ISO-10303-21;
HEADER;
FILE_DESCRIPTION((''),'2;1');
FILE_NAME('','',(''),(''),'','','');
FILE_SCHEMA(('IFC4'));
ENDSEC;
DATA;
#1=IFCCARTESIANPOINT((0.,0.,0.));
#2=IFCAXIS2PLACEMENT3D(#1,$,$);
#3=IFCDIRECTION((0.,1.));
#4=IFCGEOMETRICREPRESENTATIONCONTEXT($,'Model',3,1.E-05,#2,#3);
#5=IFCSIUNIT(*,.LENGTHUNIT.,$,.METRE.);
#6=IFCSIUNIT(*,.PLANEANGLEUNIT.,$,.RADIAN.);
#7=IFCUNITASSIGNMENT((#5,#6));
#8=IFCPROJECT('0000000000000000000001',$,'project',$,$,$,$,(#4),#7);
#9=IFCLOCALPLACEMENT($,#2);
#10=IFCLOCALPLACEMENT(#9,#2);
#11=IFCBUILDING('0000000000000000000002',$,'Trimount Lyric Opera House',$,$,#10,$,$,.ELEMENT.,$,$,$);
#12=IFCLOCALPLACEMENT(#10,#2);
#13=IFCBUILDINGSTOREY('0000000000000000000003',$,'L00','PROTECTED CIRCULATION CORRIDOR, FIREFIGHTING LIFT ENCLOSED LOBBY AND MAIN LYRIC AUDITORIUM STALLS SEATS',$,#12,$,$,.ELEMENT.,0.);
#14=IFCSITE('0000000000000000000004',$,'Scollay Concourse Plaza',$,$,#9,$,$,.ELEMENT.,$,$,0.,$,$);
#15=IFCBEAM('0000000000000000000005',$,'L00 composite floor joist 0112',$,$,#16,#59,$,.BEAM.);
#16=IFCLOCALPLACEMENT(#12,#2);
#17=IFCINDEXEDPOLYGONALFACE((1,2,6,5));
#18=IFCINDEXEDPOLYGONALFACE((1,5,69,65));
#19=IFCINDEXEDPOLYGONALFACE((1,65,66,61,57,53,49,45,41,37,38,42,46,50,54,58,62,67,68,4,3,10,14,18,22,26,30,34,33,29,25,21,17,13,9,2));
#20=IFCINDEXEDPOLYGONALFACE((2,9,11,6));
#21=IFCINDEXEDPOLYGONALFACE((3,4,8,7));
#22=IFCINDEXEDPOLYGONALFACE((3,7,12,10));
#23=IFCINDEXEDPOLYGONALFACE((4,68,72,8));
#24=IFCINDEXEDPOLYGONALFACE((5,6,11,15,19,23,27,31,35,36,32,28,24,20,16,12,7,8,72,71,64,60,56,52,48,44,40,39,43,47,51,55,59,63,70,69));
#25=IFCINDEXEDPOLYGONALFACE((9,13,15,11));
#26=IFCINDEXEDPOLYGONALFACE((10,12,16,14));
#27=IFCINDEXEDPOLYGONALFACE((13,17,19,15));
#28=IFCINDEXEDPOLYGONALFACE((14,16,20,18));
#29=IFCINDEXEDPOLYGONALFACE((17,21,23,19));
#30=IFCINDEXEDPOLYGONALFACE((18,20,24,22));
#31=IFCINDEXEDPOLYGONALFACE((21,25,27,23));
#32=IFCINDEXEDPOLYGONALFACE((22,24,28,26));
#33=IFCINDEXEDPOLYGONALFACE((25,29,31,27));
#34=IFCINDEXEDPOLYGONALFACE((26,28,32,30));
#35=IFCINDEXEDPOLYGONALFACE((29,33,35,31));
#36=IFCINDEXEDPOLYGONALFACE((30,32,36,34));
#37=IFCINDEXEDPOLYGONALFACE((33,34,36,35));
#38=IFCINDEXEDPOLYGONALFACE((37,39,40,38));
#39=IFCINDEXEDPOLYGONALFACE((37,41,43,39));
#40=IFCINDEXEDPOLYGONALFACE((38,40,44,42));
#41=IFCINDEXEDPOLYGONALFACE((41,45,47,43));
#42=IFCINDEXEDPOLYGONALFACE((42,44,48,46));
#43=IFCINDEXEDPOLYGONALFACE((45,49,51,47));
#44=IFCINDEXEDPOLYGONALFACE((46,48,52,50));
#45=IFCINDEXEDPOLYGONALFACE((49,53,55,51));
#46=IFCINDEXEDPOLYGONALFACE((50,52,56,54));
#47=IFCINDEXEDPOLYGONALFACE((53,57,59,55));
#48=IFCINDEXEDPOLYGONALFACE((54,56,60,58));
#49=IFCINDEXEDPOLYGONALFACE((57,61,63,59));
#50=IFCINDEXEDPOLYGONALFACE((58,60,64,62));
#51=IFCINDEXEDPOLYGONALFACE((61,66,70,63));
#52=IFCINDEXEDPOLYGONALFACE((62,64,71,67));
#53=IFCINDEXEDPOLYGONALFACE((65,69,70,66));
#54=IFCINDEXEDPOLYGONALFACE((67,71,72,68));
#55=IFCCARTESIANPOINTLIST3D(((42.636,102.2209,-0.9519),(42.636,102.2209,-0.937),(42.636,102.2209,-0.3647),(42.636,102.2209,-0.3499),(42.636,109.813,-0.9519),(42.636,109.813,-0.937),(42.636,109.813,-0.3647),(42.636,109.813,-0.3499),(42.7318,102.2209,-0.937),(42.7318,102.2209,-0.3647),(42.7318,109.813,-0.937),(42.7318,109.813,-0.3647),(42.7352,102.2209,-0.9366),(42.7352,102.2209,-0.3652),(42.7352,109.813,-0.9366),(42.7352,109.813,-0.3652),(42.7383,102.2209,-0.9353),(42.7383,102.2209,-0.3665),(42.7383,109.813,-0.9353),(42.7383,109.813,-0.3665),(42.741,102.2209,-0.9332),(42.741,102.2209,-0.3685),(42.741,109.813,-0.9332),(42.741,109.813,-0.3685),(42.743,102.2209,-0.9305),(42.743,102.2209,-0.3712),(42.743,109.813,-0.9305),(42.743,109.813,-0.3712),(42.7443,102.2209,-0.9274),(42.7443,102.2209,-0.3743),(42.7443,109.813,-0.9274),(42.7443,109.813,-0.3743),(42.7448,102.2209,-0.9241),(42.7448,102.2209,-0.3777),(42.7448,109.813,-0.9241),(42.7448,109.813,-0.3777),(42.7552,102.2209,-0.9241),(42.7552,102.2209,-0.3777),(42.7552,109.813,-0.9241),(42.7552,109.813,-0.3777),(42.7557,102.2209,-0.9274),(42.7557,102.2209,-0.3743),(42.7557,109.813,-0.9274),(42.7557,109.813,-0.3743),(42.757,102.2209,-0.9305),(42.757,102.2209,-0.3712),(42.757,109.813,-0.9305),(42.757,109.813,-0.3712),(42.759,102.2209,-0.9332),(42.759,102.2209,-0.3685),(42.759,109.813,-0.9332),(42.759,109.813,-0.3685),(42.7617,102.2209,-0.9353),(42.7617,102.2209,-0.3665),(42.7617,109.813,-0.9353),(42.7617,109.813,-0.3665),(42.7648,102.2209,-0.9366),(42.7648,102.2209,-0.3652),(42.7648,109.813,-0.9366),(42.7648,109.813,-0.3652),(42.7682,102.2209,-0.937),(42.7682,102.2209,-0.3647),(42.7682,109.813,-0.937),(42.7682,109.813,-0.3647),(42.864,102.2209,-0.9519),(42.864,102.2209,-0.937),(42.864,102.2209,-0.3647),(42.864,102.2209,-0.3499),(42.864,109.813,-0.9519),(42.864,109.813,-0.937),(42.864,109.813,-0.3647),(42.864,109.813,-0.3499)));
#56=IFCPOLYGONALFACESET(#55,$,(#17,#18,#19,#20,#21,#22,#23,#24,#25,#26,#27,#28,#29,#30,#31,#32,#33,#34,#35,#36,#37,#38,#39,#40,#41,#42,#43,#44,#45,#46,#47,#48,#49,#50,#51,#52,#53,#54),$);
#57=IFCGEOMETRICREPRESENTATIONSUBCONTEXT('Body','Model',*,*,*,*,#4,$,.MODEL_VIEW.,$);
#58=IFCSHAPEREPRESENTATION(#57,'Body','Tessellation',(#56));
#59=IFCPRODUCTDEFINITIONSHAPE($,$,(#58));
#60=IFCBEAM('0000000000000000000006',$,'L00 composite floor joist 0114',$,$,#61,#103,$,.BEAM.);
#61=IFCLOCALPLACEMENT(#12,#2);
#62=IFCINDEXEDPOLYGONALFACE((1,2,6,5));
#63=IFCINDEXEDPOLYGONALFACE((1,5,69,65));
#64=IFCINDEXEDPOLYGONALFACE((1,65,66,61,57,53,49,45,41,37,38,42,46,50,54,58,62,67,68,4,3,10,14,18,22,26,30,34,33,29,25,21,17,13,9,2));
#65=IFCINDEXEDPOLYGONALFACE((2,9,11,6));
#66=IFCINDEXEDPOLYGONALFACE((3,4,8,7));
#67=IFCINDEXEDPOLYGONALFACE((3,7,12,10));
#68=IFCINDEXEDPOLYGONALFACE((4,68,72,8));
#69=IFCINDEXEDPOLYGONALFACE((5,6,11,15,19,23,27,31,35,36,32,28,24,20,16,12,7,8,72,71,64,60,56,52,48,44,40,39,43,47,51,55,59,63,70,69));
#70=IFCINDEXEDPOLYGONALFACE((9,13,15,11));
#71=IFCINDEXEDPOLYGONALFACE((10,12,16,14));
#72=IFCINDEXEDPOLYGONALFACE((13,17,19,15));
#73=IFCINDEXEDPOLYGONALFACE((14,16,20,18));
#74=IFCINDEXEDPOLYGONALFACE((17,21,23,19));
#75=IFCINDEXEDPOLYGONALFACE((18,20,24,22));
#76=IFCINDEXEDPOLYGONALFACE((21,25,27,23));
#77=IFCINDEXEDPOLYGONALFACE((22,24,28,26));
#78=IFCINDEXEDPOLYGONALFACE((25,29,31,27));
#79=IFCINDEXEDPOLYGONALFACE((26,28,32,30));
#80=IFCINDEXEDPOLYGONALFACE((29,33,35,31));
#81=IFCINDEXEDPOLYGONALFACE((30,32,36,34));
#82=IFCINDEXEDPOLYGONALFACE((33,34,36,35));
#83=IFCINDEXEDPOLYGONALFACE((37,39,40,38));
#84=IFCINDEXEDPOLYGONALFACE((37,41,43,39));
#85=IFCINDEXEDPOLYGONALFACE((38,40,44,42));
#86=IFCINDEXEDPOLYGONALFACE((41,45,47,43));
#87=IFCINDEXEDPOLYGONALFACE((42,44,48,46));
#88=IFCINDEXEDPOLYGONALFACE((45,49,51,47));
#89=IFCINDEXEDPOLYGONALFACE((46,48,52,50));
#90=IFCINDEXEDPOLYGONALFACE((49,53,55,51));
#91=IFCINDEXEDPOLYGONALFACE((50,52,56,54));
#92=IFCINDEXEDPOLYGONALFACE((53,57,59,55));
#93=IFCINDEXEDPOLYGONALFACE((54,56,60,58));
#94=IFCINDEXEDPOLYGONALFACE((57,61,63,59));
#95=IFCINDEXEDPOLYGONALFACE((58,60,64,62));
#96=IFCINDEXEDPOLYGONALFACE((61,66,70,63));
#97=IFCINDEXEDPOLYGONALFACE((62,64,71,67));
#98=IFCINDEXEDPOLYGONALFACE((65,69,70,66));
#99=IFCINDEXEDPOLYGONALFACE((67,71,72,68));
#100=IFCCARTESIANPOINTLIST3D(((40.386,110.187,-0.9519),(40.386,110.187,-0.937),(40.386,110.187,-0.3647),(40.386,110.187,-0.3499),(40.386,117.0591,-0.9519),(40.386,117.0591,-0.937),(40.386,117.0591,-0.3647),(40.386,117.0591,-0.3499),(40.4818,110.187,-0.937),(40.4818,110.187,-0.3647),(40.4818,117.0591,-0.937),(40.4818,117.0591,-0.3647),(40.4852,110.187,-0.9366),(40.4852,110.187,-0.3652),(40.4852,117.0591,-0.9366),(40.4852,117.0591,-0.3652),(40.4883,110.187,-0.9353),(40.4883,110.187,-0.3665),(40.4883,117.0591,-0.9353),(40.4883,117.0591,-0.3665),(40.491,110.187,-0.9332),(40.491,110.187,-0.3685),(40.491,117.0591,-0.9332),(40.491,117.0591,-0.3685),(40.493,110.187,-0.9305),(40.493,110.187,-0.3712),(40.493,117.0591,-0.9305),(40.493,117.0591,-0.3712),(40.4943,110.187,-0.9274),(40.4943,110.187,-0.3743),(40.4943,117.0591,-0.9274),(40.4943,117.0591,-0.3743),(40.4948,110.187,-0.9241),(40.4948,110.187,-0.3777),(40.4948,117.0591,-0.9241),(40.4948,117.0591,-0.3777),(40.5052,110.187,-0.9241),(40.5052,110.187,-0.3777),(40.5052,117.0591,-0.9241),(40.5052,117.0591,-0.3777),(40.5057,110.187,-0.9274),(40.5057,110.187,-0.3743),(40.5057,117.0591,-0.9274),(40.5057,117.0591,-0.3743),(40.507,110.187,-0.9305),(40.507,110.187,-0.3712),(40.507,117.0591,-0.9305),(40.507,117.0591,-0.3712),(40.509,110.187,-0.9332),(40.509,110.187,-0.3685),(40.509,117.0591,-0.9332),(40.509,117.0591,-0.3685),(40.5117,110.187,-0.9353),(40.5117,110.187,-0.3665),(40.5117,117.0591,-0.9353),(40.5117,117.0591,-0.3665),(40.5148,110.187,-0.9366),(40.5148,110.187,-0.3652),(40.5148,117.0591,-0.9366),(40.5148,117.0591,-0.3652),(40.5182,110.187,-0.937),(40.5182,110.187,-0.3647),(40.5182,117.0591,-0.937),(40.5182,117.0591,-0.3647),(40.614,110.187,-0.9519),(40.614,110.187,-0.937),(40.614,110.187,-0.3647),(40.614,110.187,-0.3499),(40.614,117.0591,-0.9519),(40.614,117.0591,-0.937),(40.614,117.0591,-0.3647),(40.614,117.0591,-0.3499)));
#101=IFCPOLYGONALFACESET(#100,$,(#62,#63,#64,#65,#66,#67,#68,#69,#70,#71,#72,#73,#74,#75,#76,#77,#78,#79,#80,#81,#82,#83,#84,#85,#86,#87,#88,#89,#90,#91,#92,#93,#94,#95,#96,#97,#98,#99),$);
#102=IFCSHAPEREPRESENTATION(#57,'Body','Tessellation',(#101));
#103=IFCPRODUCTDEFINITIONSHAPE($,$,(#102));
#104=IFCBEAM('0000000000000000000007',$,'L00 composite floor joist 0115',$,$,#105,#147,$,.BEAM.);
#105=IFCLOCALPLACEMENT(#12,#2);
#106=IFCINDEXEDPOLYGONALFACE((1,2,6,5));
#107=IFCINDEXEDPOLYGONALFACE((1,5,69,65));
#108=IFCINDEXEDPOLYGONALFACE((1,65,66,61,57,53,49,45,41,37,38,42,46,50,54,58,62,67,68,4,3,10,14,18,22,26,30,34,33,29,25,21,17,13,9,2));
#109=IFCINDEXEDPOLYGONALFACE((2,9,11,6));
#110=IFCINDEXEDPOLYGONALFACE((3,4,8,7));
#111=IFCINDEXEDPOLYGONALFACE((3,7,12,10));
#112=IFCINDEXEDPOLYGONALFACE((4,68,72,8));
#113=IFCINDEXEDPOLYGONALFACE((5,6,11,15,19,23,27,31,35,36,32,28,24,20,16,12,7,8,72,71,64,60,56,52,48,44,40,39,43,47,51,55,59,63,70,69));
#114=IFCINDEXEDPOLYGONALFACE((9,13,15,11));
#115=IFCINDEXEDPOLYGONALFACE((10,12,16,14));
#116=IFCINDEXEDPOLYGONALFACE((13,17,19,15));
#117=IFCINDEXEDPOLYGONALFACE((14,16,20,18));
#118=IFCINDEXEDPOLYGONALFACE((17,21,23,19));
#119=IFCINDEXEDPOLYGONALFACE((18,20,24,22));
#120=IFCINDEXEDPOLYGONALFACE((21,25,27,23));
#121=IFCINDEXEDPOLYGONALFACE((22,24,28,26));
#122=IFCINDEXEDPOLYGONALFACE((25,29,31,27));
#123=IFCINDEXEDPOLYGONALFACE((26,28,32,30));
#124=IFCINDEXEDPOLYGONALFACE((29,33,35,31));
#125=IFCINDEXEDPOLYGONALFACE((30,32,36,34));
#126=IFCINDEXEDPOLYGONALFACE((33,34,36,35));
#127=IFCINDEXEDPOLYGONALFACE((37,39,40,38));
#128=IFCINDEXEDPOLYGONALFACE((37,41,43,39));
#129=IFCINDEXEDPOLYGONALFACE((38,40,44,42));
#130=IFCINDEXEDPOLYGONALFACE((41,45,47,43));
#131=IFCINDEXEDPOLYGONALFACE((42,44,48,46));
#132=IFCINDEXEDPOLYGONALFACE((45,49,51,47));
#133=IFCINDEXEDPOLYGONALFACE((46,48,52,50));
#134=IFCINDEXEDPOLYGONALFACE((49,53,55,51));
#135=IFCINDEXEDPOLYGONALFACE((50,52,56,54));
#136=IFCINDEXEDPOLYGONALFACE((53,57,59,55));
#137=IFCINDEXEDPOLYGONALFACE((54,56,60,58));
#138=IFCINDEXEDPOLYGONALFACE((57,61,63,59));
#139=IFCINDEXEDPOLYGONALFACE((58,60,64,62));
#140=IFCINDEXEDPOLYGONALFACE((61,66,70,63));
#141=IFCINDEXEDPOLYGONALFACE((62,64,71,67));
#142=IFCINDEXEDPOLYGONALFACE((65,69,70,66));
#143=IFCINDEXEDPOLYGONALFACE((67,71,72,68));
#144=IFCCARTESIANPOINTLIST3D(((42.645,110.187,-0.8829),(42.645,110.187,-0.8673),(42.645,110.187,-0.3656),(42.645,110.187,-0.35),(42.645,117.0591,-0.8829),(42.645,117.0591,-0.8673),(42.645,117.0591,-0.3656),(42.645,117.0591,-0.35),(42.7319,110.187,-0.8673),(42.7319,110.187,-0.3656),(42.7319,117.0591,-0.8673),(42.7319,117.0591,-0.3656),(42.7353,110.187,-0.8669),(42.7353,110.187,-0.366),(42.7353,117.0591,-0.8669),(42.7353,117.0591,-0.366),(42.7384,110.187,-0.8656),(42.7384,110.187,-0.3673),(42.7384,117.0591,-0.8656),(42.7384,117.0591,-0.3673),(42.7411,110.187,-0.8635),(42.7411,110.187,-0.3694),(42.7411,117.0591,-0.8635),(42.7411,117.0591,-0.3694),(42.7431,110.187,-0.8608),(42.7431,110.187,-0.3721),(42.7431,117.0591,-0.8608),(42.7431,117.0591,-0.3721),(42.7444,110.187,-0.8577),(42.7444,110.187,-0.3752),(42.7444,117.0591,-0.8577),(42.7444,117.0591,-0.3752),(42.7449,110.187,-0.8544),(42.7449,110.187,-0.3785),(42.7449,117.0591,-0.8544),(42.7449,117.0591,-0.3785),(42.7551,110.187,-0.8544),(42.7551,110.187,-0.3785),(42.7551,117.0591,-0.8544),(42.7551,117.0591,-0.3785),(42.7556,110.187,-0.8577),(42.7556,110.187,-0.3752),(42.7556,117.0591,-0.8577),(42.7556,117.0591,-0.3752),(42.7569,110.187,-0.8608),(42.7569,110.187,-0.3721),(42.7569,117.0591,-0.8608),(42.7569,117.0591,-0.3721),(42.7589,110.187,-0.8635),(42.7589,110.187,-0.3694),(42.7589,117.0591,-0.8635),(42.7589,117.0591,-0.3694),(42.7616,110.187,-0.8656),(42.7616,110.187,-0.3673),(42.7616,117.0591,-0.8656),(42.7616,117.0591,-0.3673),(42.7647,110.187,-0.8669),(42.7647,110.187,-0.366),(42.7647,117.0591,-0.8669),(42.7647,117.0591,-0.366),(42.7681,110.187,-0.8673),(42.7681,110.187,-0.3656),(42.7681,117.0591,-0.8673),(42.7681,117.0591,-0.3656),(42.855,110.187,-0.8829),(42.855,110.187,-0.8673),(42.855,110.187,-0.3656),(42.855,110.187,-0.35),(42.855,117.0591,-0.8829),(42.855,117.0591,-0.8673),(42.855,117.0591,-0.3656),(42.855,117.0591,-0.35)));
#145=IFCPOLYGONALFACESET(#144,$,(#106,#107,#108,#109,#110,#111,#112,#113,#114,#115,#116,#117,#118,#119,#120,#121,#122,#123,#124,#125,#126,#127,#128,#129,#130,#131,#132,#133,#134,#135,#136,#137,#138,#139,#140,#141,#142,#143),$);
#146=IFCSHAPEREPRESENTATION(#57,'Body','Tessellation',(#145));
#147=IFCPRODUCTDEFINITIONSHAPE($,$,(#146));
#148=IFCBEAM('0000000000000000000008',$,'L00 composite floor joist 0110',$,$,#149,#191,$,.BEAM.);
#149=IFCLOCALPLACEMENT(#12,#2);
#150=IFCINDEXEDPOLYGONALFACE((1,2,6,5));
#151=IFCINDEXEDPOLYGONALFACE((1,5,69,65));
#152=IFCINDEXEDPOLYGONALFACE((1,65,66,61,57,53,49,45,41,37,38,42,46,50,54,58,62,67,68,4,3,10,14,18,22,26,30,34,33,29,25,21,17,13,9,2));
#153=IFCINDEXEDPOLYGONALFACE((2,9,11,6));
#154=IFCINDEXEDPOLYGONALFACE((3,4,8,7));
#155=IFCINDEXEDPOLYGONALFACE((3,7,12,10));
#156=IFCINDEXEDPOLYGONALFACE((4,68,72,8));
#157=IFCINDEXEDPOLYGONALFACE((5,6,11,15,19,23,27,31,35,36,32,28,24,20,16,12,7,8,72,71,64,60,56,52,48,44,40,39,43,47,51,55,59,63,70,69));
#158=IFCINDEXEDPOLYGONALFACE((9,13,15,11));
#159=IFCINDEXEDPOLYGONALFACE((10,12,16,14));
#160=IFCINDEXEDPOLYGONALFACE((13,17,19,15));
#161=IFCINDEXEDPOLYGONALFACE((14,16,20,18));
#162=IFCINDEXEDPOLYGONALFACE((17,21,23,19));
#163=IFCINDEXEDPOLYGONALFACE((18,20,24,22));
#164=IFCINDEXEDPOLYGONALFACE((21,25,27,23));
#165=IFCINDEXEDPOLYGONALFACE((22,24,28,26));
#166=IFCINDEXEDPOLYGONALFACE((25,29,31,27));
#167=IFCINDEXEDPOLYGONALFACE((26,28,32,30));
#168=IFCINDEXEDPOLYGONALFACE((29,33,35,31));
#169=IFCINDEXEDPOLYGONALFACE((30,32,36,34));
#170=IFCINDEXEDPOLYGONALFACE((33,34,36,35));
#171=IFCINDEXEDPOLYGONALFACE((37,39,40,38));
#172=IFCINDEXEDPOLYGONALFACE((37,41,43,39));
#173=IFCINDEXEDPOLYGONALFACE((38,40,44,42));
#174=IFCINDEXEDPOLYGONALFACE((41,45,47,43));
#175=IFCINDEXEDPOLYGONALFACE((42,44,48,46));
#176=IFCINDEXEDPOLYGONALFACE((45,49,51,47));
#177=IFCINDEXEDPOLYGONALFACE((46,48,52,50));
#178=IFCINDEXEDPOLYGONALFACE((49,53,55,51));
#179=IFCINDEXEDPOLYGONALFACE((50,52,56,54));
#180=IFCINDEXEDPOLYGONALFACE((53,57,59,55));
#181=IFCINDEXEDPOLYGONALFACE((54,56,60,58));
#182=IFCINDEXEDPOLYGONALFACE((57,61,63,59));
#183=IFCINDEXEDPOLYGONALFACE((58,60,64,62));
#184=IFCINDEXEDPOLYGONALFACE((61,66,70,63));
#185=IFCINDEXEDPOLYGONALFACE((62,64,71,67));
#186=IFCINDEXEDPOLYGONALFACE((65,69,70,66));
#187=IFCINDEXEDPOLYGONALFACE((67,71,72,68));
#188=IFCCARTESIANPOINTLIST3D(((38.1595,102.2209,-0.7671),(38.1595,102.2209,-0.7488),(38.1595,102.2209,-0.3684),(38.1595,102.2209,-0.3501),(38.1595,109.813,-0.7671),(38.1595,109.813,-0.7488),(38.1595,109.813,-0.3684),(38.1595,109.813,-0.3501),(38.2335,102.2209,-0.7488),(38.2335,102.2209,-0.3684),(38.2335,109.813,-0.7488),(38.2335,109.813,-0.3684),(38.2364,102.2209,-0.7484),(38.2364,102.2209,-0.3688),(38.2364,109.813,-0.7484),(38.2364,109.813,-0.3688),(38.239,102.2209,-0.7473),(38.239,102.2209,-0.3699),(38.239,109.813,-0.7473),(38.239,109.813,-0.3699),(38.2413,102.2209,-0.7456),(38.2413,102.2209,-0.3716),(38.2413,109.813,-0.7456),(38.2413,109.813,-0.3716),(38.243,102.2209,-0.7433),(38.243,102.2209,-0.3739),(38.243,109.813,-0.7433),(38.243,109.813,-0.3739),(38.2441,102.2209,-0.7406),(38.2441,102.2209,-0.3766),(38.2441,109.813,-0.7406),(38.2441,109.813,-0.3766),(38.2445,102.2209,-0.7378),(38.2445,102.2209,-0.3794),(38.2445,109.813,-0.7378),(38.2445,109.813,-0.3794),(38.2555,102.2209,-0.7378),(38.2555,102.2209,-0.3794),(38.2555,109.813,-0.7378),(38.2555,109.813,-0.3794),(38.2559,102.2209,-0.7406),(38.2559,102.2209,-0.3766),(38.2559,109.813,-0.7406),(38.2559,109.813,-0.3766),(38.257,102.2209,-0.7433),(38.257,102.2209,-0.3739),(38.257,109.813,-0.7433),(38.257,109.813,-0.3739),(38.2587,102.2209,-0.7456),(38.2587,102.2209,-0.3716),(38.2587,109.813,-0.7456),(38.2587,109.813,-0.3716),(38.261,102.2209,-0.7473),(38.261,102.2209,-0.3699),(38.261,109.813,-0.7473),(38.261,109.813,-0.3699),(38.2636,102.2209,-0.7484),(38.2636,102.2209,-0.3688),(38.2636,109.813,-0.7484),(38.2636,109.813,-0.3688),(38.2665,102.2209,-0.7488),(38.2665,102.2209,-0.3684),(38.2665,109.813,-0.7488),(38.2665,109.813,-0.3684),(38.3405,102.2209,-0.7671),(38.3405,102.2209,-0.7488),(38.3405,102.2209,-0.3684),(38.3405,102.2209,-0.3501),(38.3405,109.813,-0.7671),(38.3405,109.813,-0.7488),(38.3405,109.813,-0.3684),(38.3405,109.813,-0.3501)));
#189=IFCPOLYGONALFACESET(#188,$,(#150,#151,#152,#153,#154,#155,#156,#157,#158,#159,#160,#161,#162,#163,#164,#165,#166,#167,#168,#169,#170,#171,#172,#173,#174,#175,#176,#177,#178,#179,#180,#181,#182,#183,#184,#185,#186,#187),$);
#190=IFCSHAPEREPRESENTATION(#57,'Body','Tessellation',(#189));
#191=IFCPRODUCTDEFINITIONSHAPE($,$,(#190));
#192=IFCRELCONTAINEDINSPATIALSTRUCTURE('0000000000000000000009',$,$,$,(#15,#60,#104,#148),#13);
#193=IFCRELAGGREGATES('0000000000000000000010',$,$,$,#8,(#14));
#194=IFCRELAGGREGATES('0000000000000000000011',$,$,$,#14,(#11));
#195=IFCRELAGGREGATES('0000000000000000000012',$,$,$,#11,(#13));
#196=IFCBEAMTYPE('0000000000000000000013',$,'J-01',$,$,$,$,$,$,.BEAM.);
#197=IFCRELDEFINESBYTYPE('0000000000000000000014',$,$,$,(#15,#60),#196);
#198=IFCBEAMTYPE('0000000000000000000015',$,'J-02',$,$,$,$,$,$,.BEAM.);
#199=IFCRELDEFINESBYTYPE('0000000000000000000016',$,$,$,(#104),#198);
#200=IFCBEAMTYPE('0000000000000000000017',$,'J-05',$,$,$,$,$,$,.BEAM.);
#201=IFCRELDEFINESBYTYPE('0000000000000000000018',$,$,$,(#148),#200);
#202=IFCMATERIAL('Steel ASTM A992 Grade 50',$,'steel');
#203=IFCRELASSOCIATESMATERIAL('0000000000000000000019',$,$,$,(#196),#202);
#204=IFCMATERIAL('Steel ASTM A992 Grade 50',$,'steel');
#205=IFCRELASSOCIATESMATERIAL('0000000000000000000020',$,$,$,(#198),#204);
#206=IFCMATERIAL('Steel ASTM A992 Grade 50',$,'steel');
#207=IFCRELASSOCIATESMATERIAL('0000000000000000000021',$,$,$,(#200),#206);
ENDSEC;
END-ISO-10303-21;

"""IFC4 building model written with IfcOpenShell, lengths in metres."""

from ifc_helpers import new_model, si_unit, direction, frame, origin, origin_2d, place, context, subcontext, project, spatial, i_section, extrude, material, material_profile, profile_set, type_object, element, save


model = new_model("IFC4")

# Units and contexts
model_context = context("Model", 3, precision=1e-05, world=origin(), true_north=direction((0.0, 1.0)))
body_context = subcontext(model_context, "Body", "Model", "MODEL_VIEW")
ifc_project = project(units=[si_unit("LENGTHUNIT", "METRE"), si_unit("PLANEANGLEUNIT", "RADIAN")], contexts=[model_context])

# Site, building, storey
site_placement = place(None, origin())
site = spatial("IfcSite", under=ifc_project, at=site_placement, Name="Scollay Concourse Plaza", CompositionType="ELEMENT", RefElevation=0.0)
building_placement = place(site_placement, origin())
building = spatial("IfcBuilding", under=site, at=building_placement, Name="Trimount Lyric Opera House", CompositionType="ELEMENT")
storey_placement = place(building_placement, origin())
storey = spatial("IfcBuildingStorey", under=building, at=storey_placement, Name="L00", Description="PROTECTED CIRCULATION CORRIDOR, FIREFIGHTING LIFT ENCLOSED LOBBY AND MAIN LYRIC AUDITORIUM STALLS SEATS", CompositionType="ELEMENT", Elevation=0.0)

# Beams
ifc_material_1 = material(Name="Steel ASTM A992 Grade 50", Category="steel")
ifc_material_profile_1 = material_profile(ifc_material_1, i_section(OverallWidth=0.228, OverallDepth=0.6021, WebThickness=0.0105, FlangeThickness=0.0149, FilletRadius=0.0129, at=origin_2d()), Name="W24X68")
ifc_profile_set_1 = profile_set([ifc_material_profile_1], Name="Steel ASTM A992 Grade 50")
beam_type_1 = type_object("IfcBeamType", Name="J-01", PredefinedType="BEAM", material=ifc_profile_set_1)
beam_1_placement = place(storey_placement, frame((42.75, 102.2209, -0.6509), z_axis=(0.0, 1.0, 0.0), x_axis=(-1.0, 0.0, 0.0)))
element("IfcBeam", 1, at=beam_1_placement, inside=storey, type_object=beam_type_1, Name="L00 composite floor joist 0112", PredefinedType="BEAM", context=body_context, shape_type="SweptSolid", body=[
    extrude(i_section(OverallWidth=0.228, OverallDepth=0.6021, WebThickness=0.0105, FlangeThickness=0.0149, FilletRadius=0.0129, at=origin_2d()), origin(), (0.0, 0.0, 1.0), 7.592),
])
beam_2_placement = place(storey_placement, frame((40.5, 110.187, -0.6509), z_axis=(0.0, 1.0, 0.0), x_axis=(-1.0, 0.0, 0.0)))
element("IfcBeam", 2, at=beam_2_placement, inside=storey, type_object=beam_type_1, Name="L00 composite floor joist 0114", PredefinedType="BEAM", context=body_context, shape_type="SweptSolid", body=[
    extrude(i_section(OverallWidth=0.228, OverallDepth=0.6021, WebThickness=0.0105, FlangeThickness=0.0149, FilletRadius=0.0129, at=origin_2d()), origin(), (0.0, 0.0, 1.0), 6.8721),
])
ifc_material_2 = material(Name="Steel ASTM A992 Grade 50", Category="steel")
ifc_material_profile_2 = material_profile(ifc_material_2, i_section(OverallWidth=0.21, OverallDepth=0.533, WebThickness=0.0103, FlangeThickness=0.0156, FilletRadius=0.0129, at=origin_2d()), Name="W21X62")
ifc_profile_set_2 = profile_set([ifc_material_profile_2], Name="Steel ASTM A992 Grade 50")
beam_type_2 = type_object("IfcBeamType", Name="J-02", PredefinedType="BEAM", material=ifc_profile_set_2)
beam_3_placement = place(storey_placement, frame((42.75, 110.187, -0.6165), z_axis=(0.0, 1.0, 0.0), x_axis=(-1.0, 0.0, 0.0)))
element("IfcBeam", 3, at=beam_3_placement, inside=storey, type_object=beam_type_2, Name="L00 composite floor joist 0115", PredefinedType="BEAM", context=body_context, shape_type="SweptSolid", body=[
    extrude(i_section(OverallWidth=0.21, OverallDepth=0.533, WebThickness=0.0103, FlangeThickness=0.0156, FilletRadius=0.0129, at=origin_2d()), origin(), (0.0, 0.0, 1.0), 6.8721),
])
ifc_material_3 = material(Name="Steel ASTM A992 Grade 50", Category="steel")
ifc_material_profile_3 = material_profile(ifc_material_3, i_section(OverallWidth=0.1809, OverallDepth=0.417, WebThickness=0.011, FlangeThickness=0.0183, FilletRadius=0.011, at=origin_2d()), Name="W16X57")
ifc_profile_set_3 = profile_set([ifc_material_profile_3], Name="Steel ASTM A992 Grade 50")
beam_type_3 = type_object("IfcBeamType", Name="J-05", PredefinedType="BEAM", material=ifc_profile_set_3)
beam_4_placement = place(storey_placement, frame((38.25, 102.2209, -0.5586), z_axis=(0.0, 1.0, 0.0), x_axis=(-1.0, 0.0, 0.0)))
element("IfcBeam", 4, at=beam_4_placement, inside=storey, type_object=beam_type_3, Name="L00 composite floor joist 0110", PredefinedType="BEAM", context=body_context, shape_type="SweptSolid", body=[
    extrude(i_section(OverallWidth=0.1809, OverallDepth=0.417, WebThickness=0.011, FlangeThickness=0.0183, FilletRadius=0.011, at=origin_2d()), origin(), (0.0, 0.0, 1.0), 7.592),
])

save(model, "model.ifc")
